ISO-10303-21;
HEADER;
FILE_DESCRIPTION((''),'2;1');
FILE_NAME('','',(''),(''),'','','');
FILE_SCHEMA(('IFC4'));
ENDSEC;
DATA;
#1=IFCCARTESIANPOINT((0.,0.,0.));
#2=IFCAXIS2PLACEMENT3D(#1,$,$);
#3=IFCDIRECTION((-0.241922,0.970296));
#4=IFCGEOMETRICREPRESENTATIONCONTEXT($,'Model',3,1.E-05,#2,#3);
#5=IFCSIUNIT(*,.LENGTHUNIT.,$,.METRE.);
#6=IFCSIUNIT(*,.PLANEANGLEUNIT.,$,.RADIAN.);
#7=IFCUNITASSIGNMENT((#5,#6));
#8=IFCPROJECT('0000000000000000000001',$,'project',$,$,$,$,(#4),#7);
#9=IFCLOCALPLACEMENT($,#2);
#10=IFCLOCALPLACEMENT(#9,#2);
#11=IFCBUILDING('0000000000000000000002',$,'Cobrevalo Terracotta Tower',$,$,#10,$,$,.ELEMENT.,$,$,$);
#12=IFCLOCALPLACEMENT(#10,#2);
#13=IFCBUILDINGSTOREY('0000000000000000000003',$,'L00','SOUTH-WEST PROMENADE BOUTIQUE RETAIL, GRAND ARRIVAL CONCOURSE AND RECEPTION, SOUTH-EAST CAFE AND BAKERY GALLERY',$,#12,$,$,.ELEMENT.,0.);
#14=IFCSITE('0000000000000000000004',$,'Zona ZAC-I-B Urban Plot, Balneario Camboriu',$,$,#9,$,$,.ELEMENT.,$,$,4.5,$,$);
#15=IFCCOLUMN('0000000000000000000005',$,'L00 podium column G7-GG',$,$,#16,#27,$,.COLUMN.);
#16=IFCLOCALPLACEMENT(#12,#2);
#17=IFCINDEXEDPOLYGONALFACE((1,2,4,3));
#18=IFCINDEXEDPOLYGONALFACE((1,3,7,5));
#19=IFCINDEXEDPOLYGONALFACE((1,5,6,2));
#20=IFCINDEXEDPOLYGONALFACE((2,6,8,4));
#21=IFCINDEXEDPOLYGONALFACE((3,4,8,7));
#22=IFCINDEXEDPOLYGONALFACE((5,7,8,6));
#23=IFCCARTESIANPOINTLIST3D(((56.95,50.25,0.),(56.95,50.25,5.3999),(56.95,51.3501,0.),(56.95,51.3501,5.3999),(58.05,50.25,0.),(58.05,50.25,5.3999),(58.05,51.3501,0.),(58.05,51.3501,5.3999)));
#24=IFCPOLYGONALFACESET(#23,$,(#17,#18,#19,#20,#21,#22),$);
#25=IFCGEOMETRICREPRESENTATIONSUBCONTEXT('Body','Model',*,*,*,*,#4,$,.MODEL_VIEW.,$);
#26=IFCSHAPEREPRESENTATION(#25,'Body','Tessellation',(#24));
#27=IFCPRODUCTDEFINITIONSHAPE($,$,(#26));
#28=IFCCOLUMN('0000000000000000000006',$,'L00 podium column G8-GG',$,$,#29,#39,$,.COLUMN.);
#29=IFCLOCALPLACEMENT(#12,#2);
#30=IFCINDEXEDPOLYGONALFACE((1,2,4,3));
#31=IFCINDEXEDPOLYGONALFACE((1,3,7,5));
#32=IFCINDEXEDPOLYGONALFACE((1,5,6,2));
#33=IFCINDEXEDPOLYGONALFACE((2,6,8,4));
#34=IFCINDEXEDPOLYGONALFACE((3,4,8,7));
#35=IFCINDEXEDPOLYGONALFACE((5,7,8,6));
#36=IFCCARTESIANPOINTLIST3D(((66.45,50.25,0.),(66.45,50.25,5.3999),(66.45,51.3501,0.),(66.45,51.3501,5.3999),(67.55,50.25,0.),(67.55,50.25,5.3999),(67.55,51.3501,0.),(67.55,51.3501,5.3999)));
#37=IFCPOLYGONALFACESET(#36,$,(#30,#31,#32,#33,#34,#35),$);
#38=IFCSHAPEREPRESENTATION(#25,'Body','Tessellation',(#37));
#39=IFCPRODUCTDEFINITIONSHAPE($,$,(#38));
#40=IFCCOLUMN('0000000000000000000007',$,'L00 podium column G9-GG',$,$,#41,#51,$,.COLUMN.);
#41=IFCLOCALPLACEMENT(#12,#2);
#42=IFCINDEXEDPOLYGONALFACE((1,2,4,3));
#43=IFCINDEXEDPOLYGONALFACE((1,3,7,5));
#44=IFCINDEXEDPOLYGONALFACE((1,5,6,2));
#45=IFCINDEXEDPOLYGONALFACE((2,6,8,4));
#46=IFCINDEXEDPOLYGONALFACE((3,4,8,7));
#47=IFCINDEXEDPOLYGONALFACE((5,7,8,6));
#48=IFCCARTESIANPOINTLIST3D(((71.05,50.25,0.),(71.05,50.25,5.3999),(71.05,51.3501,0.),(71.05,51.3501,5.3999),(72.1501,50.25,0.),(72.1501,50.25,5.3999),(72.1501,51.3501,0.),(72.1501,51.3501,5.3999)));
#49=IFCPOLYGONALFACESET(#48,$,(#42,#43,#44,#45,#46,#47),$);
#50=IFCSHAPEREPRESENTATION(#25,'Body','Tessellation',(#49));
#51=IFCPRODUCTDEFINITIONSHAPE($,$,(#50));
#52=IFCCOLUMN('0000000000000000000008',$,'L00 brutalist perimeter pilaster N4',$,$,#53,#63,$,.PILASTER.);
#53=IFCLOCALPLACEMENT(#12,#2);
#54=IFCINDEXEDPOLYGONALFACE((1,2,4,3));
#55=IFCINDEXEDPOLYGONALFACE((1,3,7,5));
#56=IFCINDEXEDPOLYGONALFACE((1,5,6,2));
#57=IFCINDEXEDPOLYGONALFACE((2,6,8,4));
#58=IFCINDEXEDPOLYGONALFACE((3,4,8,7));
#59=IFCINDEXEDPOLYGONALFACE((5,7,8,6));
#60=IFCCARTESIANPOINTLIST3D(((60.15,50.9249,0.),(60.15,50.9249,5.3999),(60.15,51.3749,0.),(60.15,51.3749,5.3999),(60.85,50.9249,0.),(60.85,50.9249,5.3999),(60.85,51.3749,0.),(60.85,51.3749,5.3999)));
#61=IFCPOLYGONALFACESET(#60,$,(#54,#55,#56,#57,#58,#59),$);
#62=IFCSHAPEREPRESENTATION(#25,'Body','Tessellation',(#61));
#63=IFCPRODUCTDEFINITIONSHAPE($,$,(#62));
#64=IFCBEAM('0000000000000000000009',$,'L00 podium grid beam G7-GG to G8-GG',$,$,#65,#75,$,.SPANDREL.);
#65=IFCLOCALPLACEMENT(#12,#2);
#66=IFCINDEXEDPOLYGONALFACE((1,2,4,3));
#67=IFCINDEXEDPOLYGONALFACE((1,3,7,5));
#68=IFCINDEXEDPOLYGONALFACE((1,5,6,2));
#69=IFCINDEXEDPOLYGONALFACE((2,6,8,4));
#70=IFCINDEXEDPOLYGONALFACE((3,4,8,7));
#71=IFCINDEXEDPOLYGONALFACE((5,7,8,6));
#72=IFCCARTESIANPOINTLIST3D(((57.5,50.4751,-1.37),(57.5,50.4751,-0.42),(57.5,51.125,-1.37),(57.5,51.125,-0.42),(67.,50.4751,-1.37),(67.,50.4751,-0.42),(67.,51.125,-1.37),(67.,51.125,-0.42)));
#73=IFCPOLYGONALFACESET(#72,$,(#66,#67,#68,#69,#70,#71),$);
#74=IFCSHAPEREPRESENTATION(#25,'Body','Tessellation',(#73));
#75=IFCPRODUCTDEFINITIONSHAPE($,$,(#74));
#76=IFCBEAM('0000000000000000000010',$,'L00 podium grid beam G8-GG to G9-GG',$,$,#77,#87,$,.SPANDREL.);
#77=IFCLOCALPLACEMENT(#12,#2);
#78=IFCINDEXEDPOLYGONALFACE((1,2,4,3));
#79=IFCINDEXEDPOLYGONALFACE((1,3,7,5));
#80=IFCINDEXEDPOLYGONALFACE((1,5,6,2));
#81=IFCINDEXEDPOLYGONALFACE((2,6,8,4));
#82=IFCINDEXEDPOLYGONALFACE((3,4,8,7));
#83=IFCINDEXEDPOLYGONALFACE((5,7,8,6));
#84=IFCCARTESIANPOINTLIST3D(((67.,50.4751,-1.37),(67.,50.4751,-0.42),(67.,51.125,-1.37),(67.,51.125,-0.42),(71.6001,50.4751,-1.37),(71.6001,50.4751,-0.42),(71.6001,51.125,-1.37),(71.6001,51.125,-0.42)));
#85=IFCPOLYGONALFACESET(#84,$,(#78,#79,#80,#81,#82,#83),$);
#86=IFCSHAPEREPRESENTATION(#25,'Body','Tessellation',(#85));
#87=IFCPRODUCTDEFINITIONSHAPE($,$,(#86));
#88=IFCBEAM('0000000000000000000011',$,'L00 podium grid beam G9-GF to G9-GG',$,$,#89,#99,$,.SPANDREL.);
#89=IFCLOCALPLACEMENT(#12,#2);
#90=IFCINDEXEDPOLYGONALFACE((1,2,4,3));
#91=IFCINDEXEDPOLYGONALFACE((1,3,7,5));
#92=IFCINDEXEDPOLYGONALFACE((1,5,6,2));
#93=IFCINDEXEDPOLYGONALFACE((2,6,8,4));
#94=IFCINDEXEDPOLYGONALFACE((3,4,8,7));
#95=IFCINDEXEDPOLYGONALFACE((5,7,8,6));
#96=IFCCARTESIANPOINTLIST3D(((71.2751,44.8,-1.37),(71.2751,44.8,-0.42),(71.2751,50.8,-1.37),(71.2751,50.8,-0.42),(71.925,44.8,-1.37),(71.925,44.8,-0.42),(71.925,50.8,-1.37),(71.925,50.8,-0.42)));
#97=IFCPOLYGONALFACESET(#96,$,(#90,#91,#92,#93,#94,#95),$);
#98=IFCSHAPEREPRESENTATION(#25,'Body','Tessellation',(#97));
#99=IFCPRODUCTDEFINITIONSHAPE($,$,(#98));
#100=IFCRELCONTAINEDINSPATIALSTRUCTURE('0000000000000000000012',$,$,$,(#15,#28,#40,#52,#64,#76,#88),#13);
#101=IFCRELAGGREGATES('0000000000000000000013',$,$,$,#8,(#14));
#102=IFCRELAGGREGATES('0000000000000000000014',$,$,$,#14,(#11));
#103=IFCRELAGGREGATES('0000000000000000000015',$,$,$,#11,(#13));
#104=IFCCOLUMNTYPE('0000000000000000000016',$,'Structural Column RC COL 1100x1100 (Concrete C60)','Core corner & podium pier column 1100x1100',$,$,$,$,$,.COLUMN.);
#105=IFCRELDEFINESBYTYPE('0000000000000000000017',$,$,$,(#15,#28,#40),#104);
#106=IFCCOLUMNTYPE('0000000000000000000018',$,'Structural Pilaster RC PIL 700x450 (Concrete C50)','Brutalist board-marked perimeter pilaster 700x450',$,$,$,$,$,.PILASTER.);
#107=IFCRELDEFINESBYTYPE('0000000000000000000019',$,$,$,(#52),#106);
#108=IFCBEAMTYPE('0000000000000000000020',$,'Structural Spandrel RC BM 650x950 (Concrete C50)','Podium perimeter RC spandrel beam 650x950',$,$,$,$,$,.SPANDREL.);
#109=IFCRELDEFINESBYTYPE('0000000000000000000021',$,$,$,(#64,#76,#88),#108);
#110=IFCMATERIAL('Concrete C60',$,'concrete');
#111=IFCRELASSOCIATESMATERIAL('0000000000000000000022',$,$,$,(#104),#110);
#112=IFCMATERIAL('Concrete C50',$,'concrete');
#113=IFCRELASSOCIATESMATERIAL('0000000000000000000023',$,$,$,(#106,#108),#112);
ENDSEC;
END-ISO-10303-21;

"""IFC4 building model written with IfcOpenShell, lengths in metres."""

from ifc_helpers import new_model, si_unit, direction, frame, origin, origin_2d, place, context, subcontext, project, spatial, rectangle, extrude, material, material_profile, profile_set, type_object, element, save


model = new_model("IFC4")

# Units and contexts
model_context = context("Model", 3, precision=1e-05, world=origin(), true_north=direction((-0.241922, 0.970296)))
body_context = subcontext(model_context, "Body", "Model", "MODEL_VIEW")
ifc_project = project(units=[si_unit("LENGTHUNIT", "METRE"), si_unit("PLANEANGLEUNIT", "RADIAN")], contexts=[model_context])

# Site, building, storey
site_placement = place(None, origin())
site = spatial("IfcSite", under=ifc_project, at=site_placement, Name="Zona ZAC-I-B Urban Plot, Balneario Camboriu", CompositionType="ELEMENT", RefElevation=4.5)
building_placement = place(site_placement, origin())
building = spatial("IfcBuilding", under=site, at=building_placement, Name="Cobrevalo Terracotta Tower", CompositionType="ELEMENT")
storey_placement = place(building_placement, origin())
storey = spatial("IfcBuildingStorey", under=building, at=storey_placement, Name="L00", Description="SOUTH-WEST PROMENADE BOUTIQUE RETAIL, GRAND ARRIVAL CONCOURSE AND RECEPTION, SOUTH-EAST CAFE AND BAKERY GALLERY", CompositionType="ELEMENT", Elevation=0.0)

# Columns
ifc_material_1 = material(Name="Concrete C60", Category="concrete")
ifc_material_profile_1 = material_profile(ifc_material_1, rectangle(XDim=1.1001, YDim=1.1001, at=origin_2d()), Name="RC COL 1100x1100")
ifc_profile_set_1 = profile_set([ifc_material_profile_1], Name="Concrete C60")
column_type_1 = type_object("IfcColumnType", Name="Structural Column RC COL 1100x1100 (Concrete C60)", Description="Core corner & podium pier column 1100x1100", PredefinedType="COLUMN", material=ifc_profile_set_1)
for number, where, z_axis, x_axis, name in (
    (1, (57.5, 50.8, 0.0), (0.0, 0.0, 1.0), (1.0, 0.0, 0.0), "L00 podium column G7-GG"),
    (2, (67.0, 50.8, 0.0), (0.0, 0.0, 1.0), (1.0, 0.0, 0.0), "L00 podium column G8-GG"),
    (3, (71.6001, 50.8, 0.0), (0.0, 0.0, 1.0), (1.0, 0.0, 0.0), "L00 podium column G9-GG"),
):
    element("IfcColumn", number, at=place(storey_placement, frame(where, z_axis=z_axis, x_axis=x_axis)), inside=storey, type_object=column_type_1, Name=name, PredefinedType="COLUMN", context=body_context, shape_type="SweptSolid", body=[
        extrude(rectangle(XDim=1.1001, YDim=1.1001, at=origin_2d()), origin(), (0.0, 0.0, 1.0), 5.3999),
    ])
ifc_material_2 = material(Name="Concrete C50", Category="concrete")
ifc_material_profile_2 = material_profile(ifc_material_2, rectangle(XDim=0.7, YDim=0.45, at=origin_2d()), Name="RC PIL 700x450")
ifc_profile_set_2 = profile_set([ifc_material_profile_2], Name="Concrete C50")
column_type_2 = type_object("IfcColumnType", Name="Structural Pilaster RC PIL 700x450 (Concrete C50)", Description="Brutalist board-marked perimeter pilaster 700x450", PredefinedType="PILASTER", material=ifc_profile_set_2)
column_placement = place(storey_placement, frame((60.5, 51.1499, 0.0), z_axis=(0.0, 0.0, 1.0), x_axis=(1.0, 0.0, 0.0)))
element("IfcColumn", 4, at=column_placement, inside=storey, type_object=column_type_2, Name="L00 brutalist perimeter pilaster N4", PredefinedType="PILASTER", context=body_context, shape_type="SweptSolid", body=[
    extrude(rectangle(XDim=0.7, YDim=0.45, at=origin_2d()), origin(), (0.0, 0.0, 1.0), 5.3999),
])

# Beams
ifc_material_profile_3 = material_profile(ifc_material_2, rectangle(XDim=0.6499, YDim=0.95, at=origin_2d()), Name="RC BM 650x950")
ifc_profile_set_3 = profile_set([ifc_material_profile_3], Name="Concrete C50")
beam_type = type_object("IfcBeamType", Name="Structural Spandrel RC BM 650x950 (Concrete C50)", Description="Podium perimeter RC spandrel beam 650x950", PredefinedType="SPANDREL", material=ifc_profile_set_3)
beam_1_placement = place(storey_placement, frame((57.5, 50.8, -0.895), z_axis=(1.0, 0.0, 0.0), x_axis=(0.0, 1.0, 0.0)))
element("IfcBeam", 5, at=beam_1_placement, inside=storey, type_object=beam_type, Name="L00 podium grid beam G7-GG to G8-GG", PredefinedType="SPANDREL", context=body_context, shape_type="SweptSolid", body=[
    extrude(rectangle(XDim=0.6499, YDim=0.95, at=origin_2d()), origin(), (0.0, 0.0, 1.0), 9.5),
])
beam_2_placement = place(storey_placement, frame((67.0, 50.8, -0.895), z_axis=(1.0, 0.0, 0.0), x_axis=(0.0, 1.0, 0.0)))
element("IfcBeam", 6, at=beam_2_placement, inside=storey, type_object=beam_type, Name="L00 podium grid beam G8-GG to G9-GG", PredefinedType="SPANDREL", context=body_context, shape_type="SweptSolid", body=[
    extrude(rectangle(XDim=0.6499, YDim=0.95, at=origin_2d()), origin(), (0.0, 0.0, 1.0), 4.6001),
])
beam_3_placement = place(storey_placement, frame((71.6001, 44.8, -0.895), z_axis=(0.0, 1.0, 0.0), x_axis=(-1.0, 0.0, 0.0)))
element("IfcBeam", 7, at=beam_3_placement, inside=storey, type_object=beam_type, Name="L00 podium grid beam G9-GF to G9-GG", PredefinedType="SPANDREL", context=body_context, shape_type="SweptSolid", body=[
    extrude(rectangle(XDim=0.6499, YDim=0.95, at=origin_2d()), origin(), (0.0, 0.0, 1.0), 6.0),
])

save(model, "model.ifc")
